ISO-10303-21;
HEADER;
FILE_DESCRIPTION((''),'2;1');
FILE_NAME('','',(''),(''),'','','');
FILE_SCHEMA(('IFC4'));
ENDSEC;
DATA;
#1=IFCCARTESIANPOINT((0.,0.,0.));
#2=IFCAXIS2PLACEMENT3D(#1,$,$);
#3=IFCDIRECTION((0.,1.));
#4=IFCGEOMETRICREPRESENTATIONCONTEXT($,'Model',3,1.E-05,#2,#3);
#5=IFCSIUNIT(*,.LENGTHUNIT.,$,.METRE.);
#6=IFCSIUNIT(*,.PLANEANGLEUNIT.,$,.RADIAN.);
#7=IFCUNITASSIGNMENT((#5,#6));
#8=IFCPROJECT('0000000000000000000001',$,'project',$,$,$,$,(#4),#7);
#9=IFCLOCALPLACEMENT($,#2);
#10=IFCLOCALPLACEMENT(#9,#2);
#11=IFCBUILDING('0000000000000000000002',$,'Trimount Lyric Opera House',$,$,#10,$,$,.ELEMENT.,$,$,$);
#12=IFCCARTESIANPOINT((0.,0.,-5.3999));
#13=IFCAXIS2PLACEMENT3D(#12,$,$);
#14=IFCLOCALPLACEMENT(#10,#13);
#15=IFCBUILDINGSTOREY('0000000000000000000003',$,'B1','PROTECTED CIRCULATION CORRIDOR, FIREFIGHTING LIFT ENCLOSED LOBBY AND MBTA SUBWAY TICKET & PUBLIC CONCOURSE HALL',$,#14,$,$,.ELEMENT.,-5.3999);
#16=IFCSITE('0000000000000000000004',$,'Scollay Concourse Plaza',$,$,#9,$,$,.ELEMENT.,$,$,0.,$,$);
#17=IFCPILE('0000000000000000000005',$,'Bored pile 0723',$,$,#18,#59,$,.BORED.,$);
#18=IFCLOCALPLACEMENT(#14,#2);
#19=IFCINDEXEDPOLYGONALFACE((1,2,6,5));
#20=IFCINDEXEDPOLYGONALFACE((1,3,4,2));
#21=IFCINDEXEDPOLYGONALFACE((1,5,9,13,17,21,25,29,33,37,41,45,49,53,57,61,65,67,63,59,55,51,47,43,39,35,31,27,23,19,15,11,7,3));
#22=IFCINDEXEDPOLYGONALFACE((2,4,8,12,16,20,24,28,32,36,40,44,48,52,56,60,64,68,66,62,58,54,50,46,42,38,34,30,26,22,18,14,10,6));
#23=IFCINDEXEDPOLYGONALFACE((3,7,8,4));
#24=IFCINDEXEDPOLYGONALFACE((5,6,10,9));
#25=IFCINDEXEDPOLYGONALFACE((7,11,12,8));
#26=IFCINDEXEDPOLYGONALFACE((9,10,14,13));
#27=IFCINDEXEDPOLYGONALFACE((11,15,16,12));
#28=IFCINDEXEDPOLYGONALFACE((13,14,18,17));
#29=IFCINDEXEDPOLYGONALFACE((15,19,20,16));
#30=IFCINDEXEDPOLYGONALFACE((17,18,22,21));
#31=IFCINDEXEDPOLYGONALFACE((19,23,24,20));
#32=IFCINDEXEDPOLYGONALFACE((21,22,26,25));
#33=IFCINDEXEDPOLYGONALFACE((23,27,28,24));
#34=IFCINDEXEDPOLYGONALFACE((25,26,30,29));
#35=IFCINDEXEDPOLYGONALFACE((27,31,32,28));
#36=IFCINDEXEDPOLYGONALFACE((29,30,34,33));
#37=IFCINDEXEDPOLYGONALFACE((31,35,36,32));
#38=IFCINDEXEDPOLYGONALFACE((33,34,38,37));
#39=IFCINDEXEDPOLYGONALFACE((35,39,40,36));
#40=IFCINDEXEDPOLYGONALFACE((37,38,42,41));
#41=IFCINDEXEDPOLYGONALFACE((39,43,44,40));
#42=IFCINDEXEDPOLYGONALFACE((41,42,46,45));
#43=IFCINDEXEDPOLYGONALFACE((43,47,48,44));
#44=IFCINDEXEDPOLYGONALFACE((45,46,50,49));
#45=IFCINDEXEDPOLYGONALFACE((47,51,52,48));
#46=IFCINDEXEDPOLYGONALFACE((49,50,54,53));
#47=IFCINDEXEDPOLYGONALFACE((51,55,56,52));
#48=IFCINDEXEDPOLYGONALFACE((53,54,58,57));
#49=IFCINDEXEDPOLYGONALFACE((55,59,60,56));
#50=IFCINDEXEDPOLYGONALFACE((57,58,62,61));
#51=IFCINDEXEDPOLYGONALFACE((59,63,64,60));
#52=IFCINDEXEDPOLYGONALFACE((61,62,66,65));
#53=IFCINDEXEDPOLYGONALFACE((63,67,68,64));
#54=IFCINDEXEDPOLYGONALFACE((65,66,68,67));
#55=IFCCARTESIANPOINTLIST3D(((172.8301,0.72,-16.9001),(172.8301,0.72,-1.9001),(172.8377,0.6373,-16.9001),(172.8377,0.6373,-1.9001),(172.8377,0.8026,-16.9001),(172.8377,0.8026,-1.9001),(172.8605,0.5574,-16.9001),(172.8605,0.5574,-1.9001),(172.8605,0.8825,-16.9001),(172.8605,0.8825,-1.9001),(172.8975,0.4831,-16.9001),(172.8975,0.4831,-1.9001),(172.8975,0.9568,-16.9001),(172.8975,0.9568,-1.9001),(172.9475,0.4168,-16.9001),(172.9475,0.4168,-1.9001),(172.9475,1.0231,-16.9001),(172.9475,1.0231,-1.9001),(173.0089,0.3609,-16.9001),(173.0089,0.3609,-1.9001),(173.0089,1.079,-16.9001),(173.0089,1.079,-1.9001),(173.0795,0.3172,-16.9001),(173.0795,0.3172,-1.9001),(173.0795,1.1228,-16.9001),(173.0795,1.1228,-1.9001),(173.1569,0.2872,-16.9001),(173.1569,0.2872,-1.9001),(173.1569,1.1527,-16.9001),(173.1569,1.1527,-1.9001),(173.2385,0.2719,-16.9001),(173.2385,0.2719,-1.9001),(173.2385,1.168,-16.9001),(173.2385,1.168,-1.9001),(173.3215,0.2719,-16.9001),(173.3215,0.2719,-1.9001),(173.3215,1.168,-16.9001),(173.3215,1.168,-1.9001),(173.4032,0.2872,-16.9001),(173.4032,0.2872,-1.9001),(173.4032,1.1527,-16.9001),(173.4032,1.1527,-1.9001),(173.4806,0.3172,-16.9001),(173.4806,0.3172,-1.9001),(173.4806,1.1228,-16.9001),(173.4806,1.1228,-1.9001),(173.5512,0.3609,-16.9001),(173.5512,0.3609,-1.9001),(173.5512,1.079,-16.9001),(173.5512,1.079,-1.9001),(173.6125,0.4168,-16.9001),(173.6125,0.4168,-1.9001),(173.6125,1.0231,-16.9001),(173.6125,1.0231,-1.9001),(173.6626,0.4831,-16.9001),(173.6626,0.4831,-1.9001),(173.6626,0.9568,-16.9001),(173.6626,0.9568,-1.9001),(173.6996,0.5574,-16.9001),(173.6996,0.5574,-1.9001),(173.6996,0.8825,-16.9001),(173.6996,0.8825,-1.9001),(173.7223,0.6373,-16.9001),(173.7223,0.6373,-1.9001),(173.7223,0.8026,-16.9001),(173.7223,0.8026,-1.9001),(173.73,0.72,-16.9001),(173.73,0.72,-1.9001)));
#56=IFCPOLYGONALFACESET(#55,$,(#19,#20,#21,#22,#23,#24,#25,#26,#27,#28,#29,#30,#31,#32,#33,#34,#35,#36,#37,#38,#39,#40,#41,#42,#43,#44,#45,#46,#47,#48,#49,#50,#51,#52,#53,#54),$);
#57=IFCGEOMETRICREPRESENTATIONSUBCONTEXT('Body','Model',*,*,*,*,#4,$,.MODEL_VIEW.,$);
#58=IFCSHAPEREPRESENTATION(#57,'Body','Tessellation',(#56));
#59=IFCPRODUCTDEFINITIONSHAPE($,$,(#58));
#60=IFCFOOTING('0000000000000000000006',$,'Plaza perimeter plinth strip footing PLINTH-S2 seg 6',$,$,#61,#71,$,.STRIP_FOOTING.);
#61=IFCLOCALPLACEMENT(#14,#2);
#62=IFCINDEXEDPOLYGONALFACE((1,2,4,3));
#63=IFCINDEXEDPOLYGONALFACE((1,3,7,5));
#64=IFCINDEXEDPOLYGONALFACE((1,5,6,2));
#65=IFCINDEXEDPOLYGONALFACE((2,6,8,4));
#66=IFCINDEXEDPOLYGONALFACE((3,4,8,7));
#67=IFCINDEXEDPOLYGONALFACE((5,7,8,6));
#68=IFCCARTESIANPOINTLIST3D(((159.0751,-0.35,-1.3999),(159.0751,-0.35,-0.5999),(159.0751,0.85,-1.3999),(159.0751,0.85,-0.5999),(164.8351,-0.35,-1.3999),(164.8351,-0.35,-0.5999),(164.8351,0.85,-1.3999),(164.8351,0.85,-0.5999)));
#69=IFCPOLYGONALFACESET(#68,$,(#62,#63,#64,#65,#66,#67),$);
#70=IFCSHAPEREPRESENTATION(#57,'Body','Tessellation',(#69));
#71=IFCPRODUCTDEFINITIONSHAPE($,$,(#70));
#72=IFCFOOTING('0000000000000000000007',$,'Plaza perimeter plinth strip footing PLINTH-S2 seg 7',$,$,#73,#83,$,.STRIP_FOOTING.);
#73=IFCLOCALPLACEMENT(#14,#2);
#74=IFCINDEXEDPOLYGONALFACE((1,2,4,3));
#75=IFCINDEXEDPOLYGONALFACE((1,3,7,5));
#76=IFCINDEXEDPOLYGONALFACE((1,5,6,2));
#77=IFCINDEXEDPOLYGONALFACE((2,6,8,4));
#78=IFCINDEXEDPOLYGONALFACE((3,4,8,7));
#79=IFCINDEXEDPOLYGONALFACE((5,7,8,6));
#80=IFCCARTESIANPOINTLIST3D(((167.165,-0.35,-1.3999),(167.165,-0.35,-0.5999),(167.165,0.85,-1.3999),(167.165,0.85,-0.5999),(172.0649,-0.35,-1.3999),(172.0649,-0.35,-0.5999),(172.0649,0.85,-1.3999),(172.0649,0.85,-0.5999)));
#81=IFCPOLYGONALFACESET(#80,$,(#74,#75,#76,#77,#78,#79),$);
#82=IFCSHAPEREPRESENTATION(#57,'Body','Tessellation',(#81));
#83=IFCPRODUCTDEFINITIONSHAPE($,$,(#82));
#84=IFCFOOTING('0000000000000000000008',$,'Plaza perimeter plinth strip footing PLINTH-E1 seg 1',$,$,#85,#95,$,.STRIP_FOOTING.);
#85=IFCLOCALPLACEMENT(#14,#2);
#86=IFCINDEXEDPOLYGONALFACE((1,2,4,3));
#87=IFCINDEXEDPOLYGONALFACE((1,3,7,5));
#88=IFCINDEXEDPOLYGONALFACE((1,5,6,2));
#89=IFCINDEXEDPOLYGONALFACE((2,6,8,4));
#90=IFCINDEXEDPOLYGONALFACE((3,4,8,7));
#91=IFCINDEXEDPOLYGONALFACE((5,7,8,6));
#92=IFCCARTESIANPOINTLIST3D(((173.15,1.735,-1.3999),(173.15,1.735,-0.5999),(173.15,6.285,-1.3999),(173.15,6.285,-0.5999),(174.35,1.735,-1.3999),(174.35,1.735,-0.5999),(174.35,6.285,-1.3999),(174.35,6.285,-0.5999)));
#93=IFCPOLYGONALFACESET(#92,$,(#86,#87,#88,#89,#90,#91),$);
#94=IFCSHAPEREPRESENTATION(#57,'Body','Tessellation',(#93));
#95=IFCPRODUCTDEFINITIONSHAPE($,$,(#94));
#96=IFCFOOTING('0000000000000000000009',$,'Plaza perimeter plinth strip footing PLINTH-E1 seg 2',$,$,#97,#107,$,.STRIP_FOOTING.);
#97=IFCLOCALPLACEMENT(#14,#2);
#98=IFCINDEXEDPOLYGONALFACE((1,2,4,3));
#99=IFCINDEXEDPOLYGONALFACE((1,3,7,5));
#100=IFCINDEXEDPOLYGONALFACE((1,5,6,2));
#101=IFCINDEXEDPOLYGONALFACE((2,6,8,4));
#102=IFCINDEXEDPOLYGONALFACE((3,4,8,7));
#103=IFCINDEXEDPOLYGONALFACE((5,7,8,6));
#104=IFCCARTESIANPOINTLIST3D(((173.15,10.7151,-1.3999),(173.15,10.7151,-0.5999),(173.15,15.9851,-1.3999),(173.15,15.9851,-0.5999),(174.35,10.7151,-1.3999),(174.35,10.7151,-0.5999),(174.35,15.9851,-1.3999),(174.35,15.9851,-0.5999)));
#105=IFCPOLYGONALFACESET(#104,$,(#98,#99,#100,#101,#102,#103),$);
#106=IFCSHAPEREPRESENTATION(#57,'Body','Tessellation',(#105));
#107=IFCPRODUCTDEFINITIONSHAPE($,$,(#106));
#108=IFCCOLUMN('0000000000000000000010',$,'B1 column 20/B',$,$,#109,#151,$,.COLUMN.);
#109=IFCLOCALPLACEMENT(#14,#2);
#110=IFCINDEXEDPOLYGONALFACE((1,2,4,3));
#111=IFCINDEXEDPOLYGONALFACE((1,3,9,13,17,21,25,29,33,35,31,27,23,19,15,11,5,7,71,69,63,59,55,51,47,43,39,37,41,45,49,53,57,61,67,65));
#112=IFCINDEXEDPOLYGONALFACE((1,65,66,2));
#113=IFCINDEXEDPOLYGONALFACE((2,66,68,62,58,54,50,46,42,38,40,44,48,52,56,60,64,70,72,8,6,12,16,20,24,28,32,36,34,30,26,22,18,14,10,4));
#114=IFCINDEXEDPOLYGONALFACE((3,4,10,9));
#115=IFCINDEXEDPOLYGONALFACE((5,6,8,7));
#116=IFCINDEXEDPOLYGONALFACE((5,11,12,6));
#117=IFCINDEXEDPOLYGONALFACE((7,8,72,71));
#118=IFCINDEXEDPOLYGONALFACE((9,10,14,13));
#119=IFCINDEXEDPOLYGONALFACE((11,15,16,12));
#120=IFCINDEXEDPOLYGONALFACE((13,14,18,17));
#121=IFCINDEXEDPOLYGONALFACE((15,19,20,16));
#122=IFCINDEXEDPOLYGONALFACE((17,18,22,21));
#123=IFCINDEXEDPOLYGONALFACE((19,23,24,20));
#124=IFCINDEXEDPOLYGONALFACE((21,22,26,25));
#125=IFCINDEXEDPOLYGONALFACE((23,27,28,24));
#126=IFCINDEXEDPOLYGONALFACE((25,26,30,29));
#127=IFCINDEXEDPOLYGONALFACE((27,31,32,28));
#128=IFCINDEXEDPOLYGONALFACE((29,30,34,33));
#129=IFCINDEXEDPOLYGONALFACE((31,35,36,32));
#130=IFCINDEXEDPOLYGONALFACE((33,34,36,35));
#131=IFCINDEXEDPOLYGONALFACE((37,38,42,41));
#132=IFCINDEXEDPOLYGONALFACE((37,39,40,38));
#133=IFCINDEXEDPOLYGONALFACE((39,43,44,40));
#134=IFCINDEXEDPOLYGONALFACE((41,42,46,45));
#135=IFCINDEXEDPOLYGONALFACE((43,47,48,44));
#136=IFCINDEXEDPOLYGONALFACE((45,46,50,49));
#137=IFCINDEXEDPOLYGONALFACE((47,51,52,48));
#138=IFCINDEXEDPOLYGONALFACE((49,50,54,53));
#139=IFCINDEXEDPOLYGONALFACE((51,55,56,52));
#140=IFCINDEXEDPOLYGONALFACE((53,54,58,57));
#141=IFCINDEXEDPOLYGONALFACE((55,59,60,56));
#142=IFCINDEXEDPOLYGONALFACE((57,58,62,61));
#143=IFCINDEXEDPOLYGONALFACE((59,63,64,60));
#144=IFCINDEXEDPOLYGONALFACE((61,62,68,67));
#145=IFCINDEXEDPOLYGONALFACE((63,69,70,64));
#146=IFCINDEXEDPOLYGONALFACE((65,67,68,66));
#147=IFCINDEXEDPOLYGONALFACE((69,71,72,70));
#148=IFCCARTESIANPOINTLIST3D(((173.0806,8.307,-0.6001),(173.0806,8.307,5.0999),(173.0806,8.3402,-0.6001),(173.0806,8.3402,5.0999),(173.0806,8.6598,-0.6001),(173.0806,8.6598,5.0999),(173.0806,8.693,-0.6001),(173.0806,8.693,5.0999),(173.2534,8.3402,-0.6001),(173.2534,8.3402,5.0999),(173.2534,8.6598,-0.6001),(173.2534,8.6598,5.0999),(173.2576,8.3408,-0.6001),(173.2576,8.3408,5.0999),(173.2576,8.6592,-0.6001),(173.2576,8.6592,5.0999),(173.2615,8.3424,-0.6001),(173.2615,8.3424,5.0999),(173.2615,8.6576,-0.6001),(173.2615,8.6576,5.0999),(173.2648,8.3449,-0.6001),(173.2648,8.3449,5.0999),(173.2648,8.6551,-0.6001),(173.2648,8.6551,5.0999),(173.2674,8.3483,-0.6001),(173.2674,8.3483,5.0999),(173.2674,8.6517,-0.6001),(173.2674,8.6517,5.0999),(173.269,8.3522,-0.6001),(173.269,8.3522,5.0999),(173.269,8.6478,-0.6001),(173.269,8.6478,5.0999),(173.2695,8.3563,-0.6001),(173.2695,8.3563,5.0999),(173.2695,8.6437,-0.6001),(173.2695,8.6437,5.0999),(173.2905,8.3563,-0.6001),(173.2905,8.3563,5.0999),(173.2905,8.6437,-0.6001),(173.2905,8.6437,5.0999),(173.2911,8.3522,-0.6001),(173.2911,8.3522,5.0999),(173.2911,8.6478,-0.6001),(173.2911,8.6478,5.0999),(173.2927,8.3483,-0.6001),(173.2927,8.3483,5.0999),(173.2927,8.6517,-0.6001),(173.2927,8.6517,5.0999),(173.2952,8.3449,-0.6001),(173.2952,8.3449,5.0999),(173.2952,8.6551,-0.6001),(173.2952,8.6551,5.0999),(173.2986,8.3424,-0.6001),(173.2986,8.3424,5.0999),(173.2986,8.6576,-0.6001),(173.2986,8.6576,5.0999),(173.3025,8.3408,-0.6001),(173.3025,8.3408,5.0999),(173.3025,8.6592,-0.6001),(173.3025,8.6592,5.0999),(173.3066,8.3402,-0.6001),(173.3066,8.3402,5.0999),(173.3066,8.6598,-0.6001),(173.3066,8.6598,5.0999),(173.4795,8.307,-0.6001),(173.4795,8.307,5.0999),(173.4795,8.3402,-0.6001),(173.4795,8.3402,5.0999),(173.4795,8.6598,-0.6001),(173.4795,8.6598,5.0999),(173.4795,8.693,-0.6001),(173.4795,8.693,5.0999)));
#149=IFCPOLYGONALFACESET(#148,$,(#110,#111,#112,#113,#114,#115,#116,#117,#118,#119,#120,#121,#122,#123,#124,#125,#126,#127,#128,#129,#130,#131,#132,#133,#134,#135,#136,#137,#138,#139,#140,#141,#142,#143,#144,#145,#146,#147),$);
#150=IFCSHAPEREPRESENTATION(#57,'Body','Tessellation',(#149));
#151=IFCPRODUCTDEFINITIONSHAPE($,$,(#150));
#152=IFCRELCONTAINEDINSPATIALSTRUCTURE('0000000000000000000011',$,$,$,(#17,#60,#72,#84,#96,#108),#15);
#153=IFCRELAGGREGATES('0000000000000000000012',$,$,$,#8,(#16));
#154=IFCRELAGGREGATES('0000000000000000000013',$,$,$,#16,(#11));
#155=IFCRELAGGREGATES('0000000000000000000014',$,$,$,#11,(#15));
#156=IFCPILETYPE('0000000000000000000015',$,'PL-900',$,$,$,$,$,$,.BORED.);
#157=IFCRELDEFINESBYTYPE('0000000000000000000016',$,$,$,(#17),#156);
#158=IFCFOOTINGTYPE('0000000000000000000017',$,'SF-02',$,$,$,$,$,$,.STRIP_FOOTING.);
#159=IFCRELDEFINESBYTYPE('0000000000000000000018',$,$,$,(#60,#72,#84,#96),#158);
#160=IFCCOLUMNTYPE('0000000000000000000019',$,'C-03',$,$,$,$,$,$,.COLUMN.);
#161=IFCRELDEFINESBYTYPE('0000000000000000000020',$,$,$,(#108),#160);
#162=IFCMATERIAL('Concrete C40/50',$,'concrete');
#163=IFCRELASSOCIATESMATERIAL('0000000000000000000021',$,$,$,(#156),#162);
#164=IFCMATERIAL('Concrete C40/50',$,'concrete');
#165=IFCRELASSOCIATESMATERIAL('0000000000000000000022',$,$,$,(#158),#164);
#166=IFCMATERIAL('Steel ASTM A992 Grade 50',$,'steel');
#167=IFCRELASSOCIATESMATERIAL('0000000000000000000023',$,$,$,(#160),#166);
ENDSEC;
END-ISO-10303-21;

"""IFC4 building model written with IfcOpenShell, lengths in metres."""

from ifc_helpers import new_model, si_unit, direction, frame, origin, origin_2d, place, context, subcontext, project, spatial, rectangle, circle, i_section, extrude, material, material_profile, profile_set, type_object, element, save


model = new_model("IFC4")

# Units and contexts
model_context = context("Model", 3, precision=1e-05, world=origin(), true_north=direction((0.0, 1.0)))
body_context = subcontext(model_context, "Body", "Model", "MODEL_VIEW")
ifc_project = project(units=[si_unit("LENGTHUNIT", "METRE"), si_unit("PLANEANGLEUNIT", "RADIAN")], contexts=[model_context])

# Site, building, storey
site_placement = place(None, origin())
site = spatial("IfcSite", under=ifc_project, at=site_placement, Name="Scollay Concourse Plaza", CompositionType="ELEMENT", RefElevation=0.0)
building_placement = place(site_placement, origin())
building = spatial("IfcBuilding", under=site, at=building_placement, Name="Trimount Lyric Opera House", CompositionType="ELEMENT")
storey_placement = place(building_placement, frame((0.0, 0.0, -5.3999)))
storey = spatial("IfcBuildingStorey", under=building, at=storey_placement, Name="B1", Description="PROTECTED CIRCULATION CORRIDOR, FIREFIGHTING LIFT ENCLOSED LOBBY AND MBTA SUBWAY TICKET & PUBLIC CONCOURSE HALL", CompositionType="ELEMENT", Elevation=-5.3999)

# Pile
ifc_material_1 = material(Name="Concrete C40/50", Category="concrete")
ifc_material_profile_1 = material_profile(ifc_material_1, circle(Radius=0.45, at=origin_2d()), Name="PILE-D900")
ifc_profile_set_1 = profile_set([ifc_material_profile_1], Name="Concrete C40/50")
pile_type_1 = type_object("IfcPileType", Name="PL-900", PredefinedType="BORED", material=ifc_profile_set_1)
for number, where, z_axis, x_axis, name in (
    (1, (173.28, 0.72, -1.9001), (0.0, 0.0, -1.0), (1.0, 0.0, 0.0), "Bored pile 0723"),
):
    element("IfcPile", number, at=place(storey_placement, frame(where, z_axis=z_axis, x_axis=x_axis)), inside=storey, type_object=pile_type_1, Name=name, PredefinedType="BORED", context=body_context, shape_type="SweptSolid", body=[
        extrude(circle(Radius=0.45, at=origin_2d()), origin(), (0.0, 0.0, 1.0), 15.0),
    ])

# Footings
ifc_material_2 = material(Name="Concrete C40/50", Category="concrete")
footing_type_1 = type_object("IfcFootingType", Name="SF-02", PredefinedType="STRIP_FOOTING", material=ifc_material_2)
footing_1_placement = place(storey_placement, frame((161.9551, 0.25, -1.3999), z_axis=(0.0, 0.0, 1.0), x_axis=(1.0, 0.0, 0.0)))
element("IfcFooting", 2, at=footing_1_placement, inside=storey, type_object=footing_type_1, Name="Plaza perimeter plinth strip footing PLINTH-S2 seg 6", PredefinedType="STRIP_FOOTING", context=body_context, shape_type="SweptSolid", body=[
    extrude(rectangle(XDim=5.76, YDim=1.2, at=origin_2d()), origin(), (0.0, 0.0, 1.0), 0.8),
])
footing_2_placement = place(storey_placement, frame((169.615, 0.25, -1.3999), z_axis=(0.0, 0.0, 1.0), x_axis=(1.0, 0.0, 0.0)))
element("IfcFooting", 3, at=footing_2_placement, inside=storey, type_object=footing_type_1, Name="Plaza perimeter plinth strip footing PLINTH-S2 seg 7", PredefinedType="STRIP_FOOTING", context=body_context, shape_type="SweptSolid", body=[
    extrude(rectangle(XDim=4.8999, YDim=1.2, at=origin_2d()), origin(), (0.0, 0.0, 1.0), 0.8),
])
footing_3_placement = place(storey_placement, frame((173.75, 4.01, -1.3999), z_axis=(0.0, 0.0, 1.0), x_axis=(1.0, 0.0, 0.0)))
element("IfcFooting", 4, at=footing_3_placement, inside=storey, type_object=footing_type_1, Name="Plaza perimeter plinth strip footing PLINTH-E1 seg 1", PredefinedType="STRIP_FOOTING", context=body_context, shape_type="SweptSolid", body=[
    extrude(rectangle(XDim=1.2, YDim=4.55, at=origin_2d()), origin(), (0.0, 0.0, 1.0), 0.8),
])
footing_4_placement = place(storey_placement, frame((173.75, 13.3501, -1.3999), z_axis=(0.0, 0.0, 1.0), x_axis=(1.0, 0.0, 0.0)))
element("IfcFooting", 5, at=footing_4_placement, inside=storey, type_object=footing_type_1, Name="Plaza perimeter plinth strip footing PLINTH-E1 seg 2", PredefinedType="STRIP_FOOTING", context=body_context, shape_type="SweptSolid", body=[
    extrude(rectangle(XDim=1.2, YDim=5.27, at=origin_2d()), origin(), (0.0, 0.0, 1.0), 0.8),
])

# Column
ifc_material_3 = material(Name="Steel ASTM A992 Grade 50", Category="steel")
ifc_material_profile_2 = material_profile(ifc_material_3, i_section(OverallWidth=0.3989, OverallDepth=0.386, WebThickness=0.021, FlangeThickness=0.0332, FilletRadius=0.0161, at=origin_2d()), Name="W14X176")
ifc_profile_set_2 = profile_set([ifc_material_profile_2], Name="Steel ASTM A992 Grade 50")
column_type_1 = type_object("IfcColumnType", Name="C-03", PredefinedType="COLUMN", material=ifc_profile_set_2)
column_placement = place(storey_placement, frame((173.28, 8.5, -0.6001), z_axis=(0.0, 0.0, 1.0), x_axis=(1.0, 0.0, 0.0)))
element("IfcColumn", 6, at=column_placement, inside=storey, type_object=column_type_1, Name="B1 column 20/B", PredefinedType="COLUMN", context=body_context, shape_type="SweptSolid", body=[
    extrude(i_section(OverallWidth=0.3989, OverallDepth=0.386, WebThickness=0.021, FlangeThickness=0.0332, FilletRadius=0.0161, at=origin_2d()), origin(), (0.0, 0.0, 1.0), 5.7),
])

save(model, "model.ifc")
